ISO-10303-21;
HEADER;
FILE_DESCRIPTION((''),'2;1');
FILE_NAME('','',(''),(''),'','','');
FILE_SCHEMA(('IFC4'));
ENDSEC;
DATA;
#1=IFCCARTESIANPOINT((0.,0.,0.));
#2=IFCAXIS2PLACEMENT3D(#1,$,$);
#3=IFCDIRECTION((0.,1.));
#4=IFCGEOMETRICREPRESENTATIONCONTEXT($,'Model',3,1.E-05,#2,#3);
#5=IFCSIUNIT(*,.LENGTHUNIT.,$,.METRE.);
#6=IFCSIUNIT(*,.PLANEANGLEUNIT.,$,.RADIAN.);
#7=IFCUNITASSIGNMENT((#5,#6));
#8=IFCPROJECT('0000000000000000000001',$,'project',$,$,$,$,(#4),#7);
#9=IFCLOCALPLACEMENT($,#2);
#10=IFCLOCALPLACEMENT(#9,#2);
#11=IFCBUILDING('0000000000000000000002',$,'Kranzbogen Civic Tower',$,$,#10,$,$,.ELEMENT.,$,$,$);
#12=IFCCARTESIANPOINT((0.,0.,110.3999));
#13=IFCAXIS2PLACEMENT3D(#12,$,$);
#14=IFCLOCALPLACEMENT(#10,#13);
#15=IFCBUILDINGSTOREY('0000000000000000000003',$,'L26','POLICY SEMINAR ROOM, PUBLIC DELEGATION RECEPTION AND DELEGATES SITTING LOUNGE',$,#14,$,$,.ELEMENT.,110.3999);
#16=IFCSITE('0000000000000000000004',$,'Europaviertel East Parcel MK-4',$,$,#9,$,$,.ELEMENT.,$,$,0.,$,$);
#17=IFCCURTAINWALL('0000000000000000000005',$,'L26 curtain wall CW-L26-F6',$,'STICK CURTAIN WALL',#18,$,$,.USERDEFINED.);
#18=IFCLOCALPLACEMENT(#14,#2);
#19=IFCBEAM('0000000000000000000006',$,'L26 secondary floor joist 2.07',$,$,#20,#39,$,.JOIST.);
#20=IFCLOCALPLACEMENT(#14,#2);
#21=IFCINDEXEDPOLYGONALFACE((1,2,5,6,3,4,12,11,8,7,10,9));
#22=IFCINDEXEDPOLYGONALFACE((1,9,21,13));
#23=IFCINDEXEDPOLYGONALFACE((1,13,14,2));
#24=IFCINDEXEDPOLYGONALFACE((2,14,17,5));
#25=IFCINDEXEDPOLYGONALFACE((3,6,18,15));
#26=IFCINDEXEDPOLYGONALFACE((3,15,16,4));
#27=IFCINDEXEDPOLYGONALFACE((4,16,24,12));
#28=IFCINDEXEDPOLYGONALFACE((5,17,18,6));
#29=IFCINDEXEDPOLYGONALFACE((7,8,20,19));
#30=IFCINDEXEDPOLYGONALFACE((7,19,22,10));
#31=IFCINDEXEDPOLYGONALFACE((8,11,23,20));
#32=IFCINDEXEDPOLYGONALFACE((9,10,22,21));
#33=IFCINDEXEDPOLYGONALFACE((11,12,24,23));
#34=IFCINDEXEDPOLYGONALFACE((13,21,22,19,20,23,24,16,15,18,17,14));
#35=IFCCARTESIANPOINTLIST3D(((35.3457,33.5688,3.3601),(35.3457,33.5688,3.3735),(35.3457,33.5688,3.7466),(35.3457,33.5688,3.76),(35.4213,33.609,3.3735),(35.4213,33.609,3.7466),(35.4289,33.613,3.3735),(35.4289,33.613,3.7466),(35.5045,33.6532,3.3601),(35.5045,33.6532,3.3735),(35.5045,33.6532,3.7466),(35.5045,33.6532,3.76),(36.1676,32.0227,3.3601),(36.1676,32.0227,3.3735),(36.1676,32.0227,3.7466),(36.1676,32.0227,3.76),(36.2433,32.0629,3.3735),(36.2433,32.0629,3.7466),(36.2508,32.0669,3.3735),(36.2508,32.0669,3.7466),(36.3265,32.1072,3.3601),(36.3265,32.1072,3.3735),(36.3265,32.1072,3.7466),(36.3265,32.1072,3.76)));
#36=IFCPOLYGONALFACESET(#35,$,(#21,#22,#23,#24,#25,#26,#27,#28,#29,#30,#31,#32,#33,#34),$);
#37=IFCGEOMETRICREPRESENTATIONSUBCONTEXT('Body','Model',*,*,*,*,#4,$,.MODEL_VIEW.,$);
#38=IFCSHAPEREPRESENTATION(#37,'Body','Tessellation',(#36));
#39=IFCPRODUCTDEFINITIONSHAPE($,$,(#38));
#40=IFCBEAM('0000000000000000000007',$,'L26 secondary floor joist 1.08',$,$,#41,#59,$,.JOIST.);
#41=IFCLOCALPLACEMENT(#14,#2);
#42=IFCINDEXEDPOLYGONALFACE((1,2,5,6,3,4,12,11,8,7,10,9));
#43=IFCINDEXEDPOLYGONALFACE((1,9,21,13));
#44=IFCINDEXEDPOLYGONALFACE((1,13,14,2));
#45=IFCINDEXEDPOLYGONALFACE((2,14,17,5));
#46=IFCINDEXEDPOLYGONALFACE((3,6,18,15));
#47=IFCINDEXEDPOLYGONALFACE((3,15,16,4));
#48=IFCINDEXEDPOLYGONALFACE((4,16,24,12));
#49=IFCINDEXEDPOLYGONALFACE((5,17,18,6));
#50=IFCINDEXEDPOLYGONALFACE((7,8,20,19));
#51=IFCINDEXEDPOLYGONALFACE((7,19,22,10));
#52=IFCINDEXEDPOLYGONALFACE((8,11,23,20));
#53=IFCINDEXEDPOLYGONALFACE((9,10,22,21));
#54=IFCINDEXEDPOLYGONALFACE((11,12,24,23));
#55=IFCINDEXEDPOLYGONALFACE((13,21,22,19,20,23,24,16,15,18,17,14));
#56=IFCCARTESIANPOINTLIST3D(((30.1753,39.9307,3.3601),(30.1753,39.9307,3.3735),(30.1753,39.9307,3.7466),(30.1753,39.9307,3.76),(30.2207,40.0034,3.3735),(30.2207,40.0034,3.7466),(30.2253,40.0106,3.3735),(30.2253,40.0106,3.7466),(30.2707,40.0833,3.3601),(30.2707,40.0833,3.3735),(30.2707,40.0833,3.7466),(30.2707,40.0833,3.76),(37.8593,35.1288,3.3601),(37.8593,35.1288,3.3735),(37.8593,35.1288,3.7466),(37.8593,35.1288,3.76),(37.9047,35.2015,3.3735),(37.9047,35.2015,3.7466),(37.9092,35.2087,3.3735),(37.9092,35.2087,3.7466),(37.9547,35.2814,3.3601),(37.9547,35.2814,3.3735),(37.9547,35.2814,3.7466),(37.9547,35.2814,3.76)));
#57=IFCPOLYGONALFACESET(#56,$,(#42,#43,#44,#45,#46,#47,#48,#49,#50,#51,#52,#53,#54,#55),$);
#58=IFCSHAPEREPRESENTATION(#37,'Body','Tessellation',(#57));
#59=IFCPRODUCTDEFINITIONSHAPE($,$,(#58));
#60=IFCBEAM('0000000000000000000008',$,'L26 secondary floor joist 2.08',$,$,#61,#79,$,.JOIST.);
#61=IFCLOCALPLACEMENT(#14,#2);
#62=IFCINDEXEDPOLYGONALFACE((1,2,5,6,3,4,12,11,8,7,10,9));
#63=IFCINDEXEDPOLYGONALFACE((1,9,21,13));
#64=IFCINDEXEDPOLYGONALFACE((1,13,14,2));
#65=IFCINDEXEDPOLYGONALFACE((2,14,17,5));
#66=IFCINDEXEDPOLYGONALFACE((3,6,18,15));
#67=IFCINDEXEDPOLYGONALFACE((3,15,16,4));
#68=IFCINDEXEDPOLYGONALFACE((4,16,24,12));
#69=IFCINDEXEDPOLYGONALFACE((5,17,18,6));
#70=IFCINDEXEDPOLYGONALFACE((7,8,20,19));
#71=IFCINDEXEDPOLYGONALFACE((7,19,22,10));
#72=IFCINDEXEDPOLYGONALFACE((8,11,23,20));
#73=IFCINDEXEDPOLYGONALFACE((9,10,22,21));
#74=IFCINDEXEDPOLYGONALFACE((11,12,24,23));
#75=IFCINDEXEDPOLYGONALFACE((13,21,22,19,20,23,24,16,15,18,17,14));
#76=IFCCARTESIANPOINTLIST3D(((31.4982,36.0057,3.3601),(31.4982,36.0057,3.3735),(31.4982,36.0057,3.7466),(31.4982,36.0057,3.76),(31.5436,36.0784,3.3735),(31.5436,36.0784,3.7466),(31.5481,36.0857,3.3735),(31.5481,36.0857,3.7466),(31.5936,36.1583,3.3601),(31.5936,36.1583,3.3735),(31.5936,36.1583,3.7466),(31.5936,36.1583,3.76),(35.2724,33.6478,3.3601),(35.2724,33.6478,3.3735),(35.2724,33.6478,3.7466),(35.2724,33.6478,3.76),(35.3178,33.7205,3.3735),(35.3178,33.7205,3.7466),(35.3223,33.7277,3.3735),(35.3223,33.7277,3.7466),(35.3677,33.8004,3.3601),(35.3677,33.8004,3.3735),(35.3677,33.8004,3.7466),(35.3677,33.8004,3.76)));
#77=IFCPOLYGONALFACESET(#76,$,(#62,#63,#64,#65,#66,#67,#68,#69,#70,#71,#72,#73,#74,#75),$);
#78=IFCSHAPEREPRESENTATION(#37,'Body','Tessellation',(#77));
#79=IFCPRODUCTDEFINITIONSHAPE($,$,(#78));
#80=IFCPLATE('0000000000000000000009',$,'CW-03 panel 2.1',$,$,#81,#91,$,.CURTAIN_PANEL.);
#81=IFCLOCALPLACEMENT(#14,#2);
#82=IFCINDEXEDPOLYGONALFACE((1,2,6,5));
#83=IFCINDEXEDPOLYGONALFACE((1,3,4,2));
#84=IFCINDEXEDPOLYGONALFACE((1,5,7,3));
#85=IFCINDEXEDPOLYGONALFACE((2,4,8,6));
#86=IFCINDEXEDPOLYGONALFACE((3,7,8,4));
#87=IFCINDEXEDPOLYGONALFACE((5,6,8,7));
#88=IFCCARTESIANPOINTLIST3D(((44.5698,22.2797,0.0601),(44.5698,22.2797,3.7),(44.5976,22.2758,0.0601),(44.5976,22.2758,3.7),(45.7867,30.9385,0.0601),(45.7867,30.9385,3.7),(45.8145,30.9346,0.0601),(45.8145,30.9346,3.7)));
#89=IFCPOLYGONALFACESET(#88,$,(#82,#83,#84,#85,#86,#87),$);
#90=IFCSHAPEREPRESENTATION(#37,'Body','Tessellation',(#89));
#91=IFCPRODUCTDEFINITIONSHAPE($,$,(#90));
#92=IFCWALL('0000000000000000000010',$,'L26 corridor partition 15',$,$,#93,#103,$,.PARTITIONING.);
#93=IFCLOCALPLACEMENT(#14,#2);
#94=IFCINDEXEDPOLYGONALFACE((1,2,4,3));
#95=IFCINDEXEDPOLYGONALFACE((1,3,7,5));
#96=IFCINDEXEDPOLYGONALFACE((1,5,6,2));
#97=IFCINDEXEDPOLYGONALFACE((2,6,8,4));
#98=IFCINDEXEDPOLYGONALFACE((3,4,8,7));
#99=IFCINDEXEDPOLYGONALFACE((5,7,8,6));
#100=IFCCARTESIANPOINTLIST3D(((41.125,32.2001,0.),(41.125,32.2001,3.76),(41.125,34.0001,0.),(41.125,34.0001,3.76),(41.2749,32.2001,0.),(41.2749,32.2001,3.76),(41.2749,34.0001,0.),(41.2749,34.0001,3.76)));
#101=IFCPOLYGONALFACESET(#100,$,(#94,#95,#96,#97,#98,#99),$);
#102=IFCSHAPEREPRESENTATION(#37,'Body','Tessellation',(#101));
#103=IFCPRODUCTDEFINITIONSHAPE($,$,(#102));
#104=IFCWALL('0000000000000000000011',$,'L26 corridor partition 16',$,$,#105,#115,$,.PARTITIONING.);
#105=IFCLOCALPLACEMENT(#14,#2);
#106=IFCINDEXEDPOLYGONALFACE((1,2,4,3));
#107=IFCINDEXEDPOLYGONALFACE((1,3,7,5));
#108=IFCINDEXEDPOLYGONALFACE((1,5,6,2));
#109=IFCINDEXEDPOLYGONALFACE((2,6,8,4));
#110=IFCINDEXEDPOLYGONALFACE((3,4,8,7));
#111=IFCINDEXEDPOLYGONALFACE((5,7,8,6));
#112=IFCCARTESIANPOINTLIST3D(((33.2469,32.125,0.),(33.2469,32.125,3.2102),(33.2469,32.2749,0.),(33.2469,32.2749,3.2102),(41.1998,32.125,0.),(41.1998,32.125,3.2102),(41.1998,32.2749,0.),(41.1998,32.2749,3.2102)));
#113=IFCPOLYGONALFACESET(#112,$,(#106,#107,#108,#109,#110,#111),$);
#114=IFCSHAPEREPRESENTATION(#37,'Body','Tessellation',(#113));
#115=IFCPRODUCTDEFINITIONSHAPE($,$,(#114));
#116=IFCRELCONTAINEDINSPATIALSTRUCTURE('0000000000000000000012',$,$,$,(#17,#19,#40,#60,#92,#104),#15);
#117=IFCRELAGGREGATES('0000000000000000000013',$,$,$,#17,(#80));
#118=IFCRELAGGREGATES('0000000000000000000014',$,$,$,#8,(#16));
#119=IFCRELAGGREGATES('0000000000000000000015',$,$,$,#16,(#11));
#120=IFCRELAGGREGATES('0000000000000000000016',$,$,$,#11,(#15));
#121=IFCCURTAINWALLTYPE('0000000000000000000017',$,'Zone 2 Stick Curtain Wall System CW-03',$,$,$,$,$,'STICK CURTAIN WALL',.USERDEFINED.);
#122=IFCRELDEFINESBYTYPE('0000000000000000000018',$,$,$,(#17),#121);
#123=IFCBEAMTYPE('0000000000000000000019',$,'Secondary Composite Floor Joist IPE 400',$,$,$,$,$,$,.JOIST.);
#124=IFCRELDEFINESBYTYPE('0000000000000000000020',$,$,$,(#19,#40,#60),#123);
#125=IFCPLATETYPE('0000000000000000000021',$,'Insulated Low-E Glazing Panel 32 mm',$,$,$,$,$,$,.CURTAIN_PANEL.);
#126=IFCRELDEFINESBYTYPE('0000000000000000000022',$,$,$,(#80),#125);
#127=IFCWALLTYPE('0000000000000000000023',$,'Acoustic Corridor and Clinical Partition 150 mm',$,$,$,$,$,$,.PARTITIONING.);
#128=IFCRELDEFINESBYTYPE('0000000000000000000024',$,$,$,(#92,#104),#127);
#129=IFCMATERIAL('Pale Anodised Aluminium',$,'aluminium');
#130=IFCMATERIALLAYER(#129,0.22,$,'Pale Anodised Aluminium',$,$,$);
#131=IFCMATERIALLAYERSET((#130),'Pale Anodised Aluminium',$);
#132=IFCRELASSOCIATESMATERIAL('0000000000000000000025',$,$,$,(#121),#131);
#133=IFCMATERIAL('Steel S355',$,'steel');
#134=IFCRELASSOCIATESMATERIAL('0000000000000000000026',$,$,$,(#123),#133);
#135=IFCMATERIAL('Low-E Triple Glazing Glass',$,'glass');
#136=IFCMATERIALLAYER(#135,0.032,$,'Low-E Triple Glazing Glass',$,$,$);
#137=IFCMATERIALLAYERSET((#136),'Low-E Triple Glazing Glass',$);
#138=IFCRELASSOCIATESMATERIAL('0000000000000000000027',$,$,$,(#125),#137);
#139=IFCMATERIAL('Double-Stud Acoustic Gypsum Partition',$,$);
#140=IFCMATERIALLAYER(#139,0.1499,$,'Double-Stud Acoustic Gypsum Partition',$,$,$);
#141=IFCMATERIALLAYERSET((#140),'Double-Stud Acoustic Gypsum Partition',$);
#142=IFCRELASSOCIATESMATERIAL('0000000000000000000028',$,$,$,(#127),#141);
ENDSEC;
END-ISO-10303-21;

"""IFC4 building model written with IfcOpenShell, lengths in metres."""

from ifc_helpers import new_model, si_unit, direction, frame, frame_2d, origin, origin_2d, place, context, subcontext, project, spatial, rectangle, i_section, extrude, material, layer, layer_set, material_profile, profile_set, type_object, element, aggregate, save


model = new_model("IFC4")

# Units and contexts
model_context = context("Model", 3, precision=1e-05, world=origin(), true_north=direction((0.0, 1.0)))
body_context = subcontext(model_context, "Body", "Model", "MODEL_VIEW")
ifc_project = project(units=[si_unit("LENGTHUNIT", "METRE"), si_unit("PLANEANGLEUNIT", "RADIAN")], contexts=[model_context])

# Site, building, storey
site_placement = place(None, origin())
site = spatial("IfcSite", under=ifc_project, at=site_placement, Name="Europaviertel East Parcel MK-4", CompositionType="ELEMENT", RefElevation=0.0)
building_placement = place(site_placement, origin())
building = spatial("IfcBuilding", under=site, at=building_placement, Name="Kranzbogen Civic Tower", CompositionType="ELEMENT")
storey_placement = place(building_placement, frame((0.0, 0.0, 110.3999)))
storey = spatial("IfcBuildingStorey", under=building, at=storey_placement, Name="L26", Description="POLICY SEMINAR ROOM, PUBLIC DELEGATION RECEPTION AND DELEGATES SITTING LOUNGE", CompositionType="ELEMENT", Elevation=110.3999)

# Shared definitions
ifc_material_1 = material(Name="Steel S355", Category="steel")

# Curtain wall
ifc_material_2 = material(Name="Pale Anodised Aluminium", Category="aluminium")
ifc_layer_1 = layer(ifc_material_2, 0.22, Name="Pale Anodised Aluminium")
ifc_layer_set_1 = layer_set([ifc_layer_1], Name="Pale Anodised Aluminium")
curtain_wall_type = type_object("IfcCurtainWallType", Name="Zone 2 Stick Curtain Wall System CW-03", ElementType="STICK CURTAIN WALL", PredefinedType="USERDEFINED", material=ifc_layer_set_1)
curtain_wall_1_placement = place(storey_placement, origin())
curtain_wall_1 = element("IfcCurtainWall", 1, at=curtain_wall_1_placement, inside=storey, type_object=curtain_wall_type, Name="L26 curtain wall CW-L26-F6", ObjectType="STICK CURTAIN WALL", PredefinedType="USERDEFINED")

# Beams
ifc_material_profile_1 = material_profile(ifc_material_1, i_section(OverallWidth=0.1799, OverallDepth=0.3999, WebThickness=0.0085, FlangeThickness=0.0134, at=origin_2d()), Name="IPE 400")
ifc_profile_set_1 = profile_set([ifc_material_profile_1], Name="Steel S355")
beam_type_1 = type_object("IfcBeamType", Name="Secondary Composite Floor Joist IPE 400", PredefinedType="JOIST", material=ifc_profile_set_1)
beam_1_placement = place(storey_placement, frame((36.2471, 32.0649, 3.5601), z_axis=(-0.469437, 0.882966, 0.0), x_axis=(-0.882966, -0.469437, 0.0)))
element("IfcBeam", 2, at=beam_1_placement, inside=storey, type_object=beam_type_1, Name="L26 secondary floor joist 2.07", PredefinedType="JOIST", context=body_context, shape_type="SweptSolid", body=[
    extrude(i_section(OverallWidth=0.1799, OverallDepth=0.3999, WebThickness=0.0085, FlangeThickness=0.0134, at=origin_2d()), origin(), (0.0, 0.0, 1.0), 1.751),
])
beam_2_placement = place(storey_placement, frame((37.907, 35.2051, 3.5601), z_axis=(-0.848026, 0.529955, 0.0), x_axis=(-0.529955, -0.848026, 0.0)))
element("IfcBeam", 3, at=beam_2_placement, inside=storey, type_object=beam_type_1, Name="L26 secondary floor joist 1.08", PredefinedType="JOIST", context=body_context, shape_type="SweptSolid", body=[
    extrude(i_section(OverallWidth=0.1799, OverallDepth=0.3999, WebThickness=0.0085, FlangeThickness=0.0134, at=origin_2d()), origin(), (0.0, 0.0, 1.0), 9.061),
])
beam_3_placement = place(storey_placement, frame((35.3201, 33.7241, 3.5601), z_axis=(-0.848094, 0.529846, 0.0), x_axis=(-0.529846, -0.848094, 0.0)))
element("IfcBeam", 4, at=beam_3_placement, inside=storey, type_object=beam_type_1, Name="L26 secondary floor joist 2.08", PredefinedType="JOIST", context=body_context, shape_type="SweptSolid", body=[
    extrude(i_section(OverallWidth=0.1799, OverallDepth=0.3999, WebThickness=0.0085, FlangeThickness=0.0134, at=origin_2d()), origin(), (0.0, 0.0, 1.0), 4.4502),
])

# Plate
ifc_material_3 = material(Name="Low-E Triple Glazing Glass", Category="glass")
ifc_layer_2 = layer(ifc_material_3, 0.032, Name="Low-E Triple Glazing Glass")
ifc_layer_set_2 = layer_set([ifc_layer_2], Name="Low-E Triple Glazing Glass")
plate_type = type_object("IfcPlateType", Name="Insulated Low-E Glazing Panel 32 mm", PredefinedType="CURTAIN_PANEL", material=ifc_layer_set_2)
plate_placement = place(storey_placement, frame((45.1921, 26.6072, 0.0601), z_axis=(0.0, 0.0, 1.0), x_axis=(0.139179, 0.990267, 0.0)))
plate = element("IfcPlate", 5, at=plate_placement, type_object=plate_type, Name="CW-03 panel 2.1", PredefinedType="CURTAIN_PANEL", context=body_context, shape_type="SweptSolid", body=[
    extrude(rectangle(XDim=8.7439, YDim=0.0281, at=origin_2d()), origin(), (0.0, 0.0, 1.0), 3.6399),
])
aggregate(curtain_wall_1, [plate])

# Walls
ifc_material_4 = material(Name="Double-Stud Acoustic Gypsum Partition")
ifc_layer_3 = layer(ifc_material_4, 0.1499, Name="Double-Stud Acoustic Gypsum Partition")
ifc_layer_set_3 = layer_set([ifc_layer_3], Name="Double-Stud Acoustic Gypsum Partition")
wall_type_1 = type_object("IfcWallType", Name="Acoustic Corridor and Clinical Partition 150 mm", PredefinedType="PARTITIONING", material=ifc_layer_set_3)
wall_1_placement = place(storey_placement, frame((41.2, 34.0, 0.0), z_axis=(0.0, 0.0, 1.0), x_axis=(0.0, -1.0, 0.0)))
element("IfcWall", 6, at=wall_1_placement, inside=storey, type_object=wall_type_1, Name="L26 corridor partition 15", PredefinedType="PARTITIONING", context=body_context, shape_type="SweptSolid", body=[
    extrude(rectangle(XDim=1.8, YDim=0.1499, at=frame_2d((0.8999, 0.0))), origin(), (0.0, 0.0, 1.0), 3.76),
])
wall_2_placement = place(storey_placement, frame((41.2, 32.2, 0.0), z_axis=(0.0, 0.0, 1.0), x_axis=(-1.0, 0.0, 0.0)))
element("IfcWall", 7, at=wall_2_placement, inside=storey, type_object=wall_type_1, Name="L26 corridor partition 16", PredefinedType="PARTITIONING", context=body_context, shape_type="SweptSolid", body=[
    extrude(rectangle(XDim=7.9529, YDim=0.1499, at=frame_2d((3.9766, 0.0))), origin(), (0.0, 0.0, 1.0), 3.2102),
])

save(model, "model.ifc")
